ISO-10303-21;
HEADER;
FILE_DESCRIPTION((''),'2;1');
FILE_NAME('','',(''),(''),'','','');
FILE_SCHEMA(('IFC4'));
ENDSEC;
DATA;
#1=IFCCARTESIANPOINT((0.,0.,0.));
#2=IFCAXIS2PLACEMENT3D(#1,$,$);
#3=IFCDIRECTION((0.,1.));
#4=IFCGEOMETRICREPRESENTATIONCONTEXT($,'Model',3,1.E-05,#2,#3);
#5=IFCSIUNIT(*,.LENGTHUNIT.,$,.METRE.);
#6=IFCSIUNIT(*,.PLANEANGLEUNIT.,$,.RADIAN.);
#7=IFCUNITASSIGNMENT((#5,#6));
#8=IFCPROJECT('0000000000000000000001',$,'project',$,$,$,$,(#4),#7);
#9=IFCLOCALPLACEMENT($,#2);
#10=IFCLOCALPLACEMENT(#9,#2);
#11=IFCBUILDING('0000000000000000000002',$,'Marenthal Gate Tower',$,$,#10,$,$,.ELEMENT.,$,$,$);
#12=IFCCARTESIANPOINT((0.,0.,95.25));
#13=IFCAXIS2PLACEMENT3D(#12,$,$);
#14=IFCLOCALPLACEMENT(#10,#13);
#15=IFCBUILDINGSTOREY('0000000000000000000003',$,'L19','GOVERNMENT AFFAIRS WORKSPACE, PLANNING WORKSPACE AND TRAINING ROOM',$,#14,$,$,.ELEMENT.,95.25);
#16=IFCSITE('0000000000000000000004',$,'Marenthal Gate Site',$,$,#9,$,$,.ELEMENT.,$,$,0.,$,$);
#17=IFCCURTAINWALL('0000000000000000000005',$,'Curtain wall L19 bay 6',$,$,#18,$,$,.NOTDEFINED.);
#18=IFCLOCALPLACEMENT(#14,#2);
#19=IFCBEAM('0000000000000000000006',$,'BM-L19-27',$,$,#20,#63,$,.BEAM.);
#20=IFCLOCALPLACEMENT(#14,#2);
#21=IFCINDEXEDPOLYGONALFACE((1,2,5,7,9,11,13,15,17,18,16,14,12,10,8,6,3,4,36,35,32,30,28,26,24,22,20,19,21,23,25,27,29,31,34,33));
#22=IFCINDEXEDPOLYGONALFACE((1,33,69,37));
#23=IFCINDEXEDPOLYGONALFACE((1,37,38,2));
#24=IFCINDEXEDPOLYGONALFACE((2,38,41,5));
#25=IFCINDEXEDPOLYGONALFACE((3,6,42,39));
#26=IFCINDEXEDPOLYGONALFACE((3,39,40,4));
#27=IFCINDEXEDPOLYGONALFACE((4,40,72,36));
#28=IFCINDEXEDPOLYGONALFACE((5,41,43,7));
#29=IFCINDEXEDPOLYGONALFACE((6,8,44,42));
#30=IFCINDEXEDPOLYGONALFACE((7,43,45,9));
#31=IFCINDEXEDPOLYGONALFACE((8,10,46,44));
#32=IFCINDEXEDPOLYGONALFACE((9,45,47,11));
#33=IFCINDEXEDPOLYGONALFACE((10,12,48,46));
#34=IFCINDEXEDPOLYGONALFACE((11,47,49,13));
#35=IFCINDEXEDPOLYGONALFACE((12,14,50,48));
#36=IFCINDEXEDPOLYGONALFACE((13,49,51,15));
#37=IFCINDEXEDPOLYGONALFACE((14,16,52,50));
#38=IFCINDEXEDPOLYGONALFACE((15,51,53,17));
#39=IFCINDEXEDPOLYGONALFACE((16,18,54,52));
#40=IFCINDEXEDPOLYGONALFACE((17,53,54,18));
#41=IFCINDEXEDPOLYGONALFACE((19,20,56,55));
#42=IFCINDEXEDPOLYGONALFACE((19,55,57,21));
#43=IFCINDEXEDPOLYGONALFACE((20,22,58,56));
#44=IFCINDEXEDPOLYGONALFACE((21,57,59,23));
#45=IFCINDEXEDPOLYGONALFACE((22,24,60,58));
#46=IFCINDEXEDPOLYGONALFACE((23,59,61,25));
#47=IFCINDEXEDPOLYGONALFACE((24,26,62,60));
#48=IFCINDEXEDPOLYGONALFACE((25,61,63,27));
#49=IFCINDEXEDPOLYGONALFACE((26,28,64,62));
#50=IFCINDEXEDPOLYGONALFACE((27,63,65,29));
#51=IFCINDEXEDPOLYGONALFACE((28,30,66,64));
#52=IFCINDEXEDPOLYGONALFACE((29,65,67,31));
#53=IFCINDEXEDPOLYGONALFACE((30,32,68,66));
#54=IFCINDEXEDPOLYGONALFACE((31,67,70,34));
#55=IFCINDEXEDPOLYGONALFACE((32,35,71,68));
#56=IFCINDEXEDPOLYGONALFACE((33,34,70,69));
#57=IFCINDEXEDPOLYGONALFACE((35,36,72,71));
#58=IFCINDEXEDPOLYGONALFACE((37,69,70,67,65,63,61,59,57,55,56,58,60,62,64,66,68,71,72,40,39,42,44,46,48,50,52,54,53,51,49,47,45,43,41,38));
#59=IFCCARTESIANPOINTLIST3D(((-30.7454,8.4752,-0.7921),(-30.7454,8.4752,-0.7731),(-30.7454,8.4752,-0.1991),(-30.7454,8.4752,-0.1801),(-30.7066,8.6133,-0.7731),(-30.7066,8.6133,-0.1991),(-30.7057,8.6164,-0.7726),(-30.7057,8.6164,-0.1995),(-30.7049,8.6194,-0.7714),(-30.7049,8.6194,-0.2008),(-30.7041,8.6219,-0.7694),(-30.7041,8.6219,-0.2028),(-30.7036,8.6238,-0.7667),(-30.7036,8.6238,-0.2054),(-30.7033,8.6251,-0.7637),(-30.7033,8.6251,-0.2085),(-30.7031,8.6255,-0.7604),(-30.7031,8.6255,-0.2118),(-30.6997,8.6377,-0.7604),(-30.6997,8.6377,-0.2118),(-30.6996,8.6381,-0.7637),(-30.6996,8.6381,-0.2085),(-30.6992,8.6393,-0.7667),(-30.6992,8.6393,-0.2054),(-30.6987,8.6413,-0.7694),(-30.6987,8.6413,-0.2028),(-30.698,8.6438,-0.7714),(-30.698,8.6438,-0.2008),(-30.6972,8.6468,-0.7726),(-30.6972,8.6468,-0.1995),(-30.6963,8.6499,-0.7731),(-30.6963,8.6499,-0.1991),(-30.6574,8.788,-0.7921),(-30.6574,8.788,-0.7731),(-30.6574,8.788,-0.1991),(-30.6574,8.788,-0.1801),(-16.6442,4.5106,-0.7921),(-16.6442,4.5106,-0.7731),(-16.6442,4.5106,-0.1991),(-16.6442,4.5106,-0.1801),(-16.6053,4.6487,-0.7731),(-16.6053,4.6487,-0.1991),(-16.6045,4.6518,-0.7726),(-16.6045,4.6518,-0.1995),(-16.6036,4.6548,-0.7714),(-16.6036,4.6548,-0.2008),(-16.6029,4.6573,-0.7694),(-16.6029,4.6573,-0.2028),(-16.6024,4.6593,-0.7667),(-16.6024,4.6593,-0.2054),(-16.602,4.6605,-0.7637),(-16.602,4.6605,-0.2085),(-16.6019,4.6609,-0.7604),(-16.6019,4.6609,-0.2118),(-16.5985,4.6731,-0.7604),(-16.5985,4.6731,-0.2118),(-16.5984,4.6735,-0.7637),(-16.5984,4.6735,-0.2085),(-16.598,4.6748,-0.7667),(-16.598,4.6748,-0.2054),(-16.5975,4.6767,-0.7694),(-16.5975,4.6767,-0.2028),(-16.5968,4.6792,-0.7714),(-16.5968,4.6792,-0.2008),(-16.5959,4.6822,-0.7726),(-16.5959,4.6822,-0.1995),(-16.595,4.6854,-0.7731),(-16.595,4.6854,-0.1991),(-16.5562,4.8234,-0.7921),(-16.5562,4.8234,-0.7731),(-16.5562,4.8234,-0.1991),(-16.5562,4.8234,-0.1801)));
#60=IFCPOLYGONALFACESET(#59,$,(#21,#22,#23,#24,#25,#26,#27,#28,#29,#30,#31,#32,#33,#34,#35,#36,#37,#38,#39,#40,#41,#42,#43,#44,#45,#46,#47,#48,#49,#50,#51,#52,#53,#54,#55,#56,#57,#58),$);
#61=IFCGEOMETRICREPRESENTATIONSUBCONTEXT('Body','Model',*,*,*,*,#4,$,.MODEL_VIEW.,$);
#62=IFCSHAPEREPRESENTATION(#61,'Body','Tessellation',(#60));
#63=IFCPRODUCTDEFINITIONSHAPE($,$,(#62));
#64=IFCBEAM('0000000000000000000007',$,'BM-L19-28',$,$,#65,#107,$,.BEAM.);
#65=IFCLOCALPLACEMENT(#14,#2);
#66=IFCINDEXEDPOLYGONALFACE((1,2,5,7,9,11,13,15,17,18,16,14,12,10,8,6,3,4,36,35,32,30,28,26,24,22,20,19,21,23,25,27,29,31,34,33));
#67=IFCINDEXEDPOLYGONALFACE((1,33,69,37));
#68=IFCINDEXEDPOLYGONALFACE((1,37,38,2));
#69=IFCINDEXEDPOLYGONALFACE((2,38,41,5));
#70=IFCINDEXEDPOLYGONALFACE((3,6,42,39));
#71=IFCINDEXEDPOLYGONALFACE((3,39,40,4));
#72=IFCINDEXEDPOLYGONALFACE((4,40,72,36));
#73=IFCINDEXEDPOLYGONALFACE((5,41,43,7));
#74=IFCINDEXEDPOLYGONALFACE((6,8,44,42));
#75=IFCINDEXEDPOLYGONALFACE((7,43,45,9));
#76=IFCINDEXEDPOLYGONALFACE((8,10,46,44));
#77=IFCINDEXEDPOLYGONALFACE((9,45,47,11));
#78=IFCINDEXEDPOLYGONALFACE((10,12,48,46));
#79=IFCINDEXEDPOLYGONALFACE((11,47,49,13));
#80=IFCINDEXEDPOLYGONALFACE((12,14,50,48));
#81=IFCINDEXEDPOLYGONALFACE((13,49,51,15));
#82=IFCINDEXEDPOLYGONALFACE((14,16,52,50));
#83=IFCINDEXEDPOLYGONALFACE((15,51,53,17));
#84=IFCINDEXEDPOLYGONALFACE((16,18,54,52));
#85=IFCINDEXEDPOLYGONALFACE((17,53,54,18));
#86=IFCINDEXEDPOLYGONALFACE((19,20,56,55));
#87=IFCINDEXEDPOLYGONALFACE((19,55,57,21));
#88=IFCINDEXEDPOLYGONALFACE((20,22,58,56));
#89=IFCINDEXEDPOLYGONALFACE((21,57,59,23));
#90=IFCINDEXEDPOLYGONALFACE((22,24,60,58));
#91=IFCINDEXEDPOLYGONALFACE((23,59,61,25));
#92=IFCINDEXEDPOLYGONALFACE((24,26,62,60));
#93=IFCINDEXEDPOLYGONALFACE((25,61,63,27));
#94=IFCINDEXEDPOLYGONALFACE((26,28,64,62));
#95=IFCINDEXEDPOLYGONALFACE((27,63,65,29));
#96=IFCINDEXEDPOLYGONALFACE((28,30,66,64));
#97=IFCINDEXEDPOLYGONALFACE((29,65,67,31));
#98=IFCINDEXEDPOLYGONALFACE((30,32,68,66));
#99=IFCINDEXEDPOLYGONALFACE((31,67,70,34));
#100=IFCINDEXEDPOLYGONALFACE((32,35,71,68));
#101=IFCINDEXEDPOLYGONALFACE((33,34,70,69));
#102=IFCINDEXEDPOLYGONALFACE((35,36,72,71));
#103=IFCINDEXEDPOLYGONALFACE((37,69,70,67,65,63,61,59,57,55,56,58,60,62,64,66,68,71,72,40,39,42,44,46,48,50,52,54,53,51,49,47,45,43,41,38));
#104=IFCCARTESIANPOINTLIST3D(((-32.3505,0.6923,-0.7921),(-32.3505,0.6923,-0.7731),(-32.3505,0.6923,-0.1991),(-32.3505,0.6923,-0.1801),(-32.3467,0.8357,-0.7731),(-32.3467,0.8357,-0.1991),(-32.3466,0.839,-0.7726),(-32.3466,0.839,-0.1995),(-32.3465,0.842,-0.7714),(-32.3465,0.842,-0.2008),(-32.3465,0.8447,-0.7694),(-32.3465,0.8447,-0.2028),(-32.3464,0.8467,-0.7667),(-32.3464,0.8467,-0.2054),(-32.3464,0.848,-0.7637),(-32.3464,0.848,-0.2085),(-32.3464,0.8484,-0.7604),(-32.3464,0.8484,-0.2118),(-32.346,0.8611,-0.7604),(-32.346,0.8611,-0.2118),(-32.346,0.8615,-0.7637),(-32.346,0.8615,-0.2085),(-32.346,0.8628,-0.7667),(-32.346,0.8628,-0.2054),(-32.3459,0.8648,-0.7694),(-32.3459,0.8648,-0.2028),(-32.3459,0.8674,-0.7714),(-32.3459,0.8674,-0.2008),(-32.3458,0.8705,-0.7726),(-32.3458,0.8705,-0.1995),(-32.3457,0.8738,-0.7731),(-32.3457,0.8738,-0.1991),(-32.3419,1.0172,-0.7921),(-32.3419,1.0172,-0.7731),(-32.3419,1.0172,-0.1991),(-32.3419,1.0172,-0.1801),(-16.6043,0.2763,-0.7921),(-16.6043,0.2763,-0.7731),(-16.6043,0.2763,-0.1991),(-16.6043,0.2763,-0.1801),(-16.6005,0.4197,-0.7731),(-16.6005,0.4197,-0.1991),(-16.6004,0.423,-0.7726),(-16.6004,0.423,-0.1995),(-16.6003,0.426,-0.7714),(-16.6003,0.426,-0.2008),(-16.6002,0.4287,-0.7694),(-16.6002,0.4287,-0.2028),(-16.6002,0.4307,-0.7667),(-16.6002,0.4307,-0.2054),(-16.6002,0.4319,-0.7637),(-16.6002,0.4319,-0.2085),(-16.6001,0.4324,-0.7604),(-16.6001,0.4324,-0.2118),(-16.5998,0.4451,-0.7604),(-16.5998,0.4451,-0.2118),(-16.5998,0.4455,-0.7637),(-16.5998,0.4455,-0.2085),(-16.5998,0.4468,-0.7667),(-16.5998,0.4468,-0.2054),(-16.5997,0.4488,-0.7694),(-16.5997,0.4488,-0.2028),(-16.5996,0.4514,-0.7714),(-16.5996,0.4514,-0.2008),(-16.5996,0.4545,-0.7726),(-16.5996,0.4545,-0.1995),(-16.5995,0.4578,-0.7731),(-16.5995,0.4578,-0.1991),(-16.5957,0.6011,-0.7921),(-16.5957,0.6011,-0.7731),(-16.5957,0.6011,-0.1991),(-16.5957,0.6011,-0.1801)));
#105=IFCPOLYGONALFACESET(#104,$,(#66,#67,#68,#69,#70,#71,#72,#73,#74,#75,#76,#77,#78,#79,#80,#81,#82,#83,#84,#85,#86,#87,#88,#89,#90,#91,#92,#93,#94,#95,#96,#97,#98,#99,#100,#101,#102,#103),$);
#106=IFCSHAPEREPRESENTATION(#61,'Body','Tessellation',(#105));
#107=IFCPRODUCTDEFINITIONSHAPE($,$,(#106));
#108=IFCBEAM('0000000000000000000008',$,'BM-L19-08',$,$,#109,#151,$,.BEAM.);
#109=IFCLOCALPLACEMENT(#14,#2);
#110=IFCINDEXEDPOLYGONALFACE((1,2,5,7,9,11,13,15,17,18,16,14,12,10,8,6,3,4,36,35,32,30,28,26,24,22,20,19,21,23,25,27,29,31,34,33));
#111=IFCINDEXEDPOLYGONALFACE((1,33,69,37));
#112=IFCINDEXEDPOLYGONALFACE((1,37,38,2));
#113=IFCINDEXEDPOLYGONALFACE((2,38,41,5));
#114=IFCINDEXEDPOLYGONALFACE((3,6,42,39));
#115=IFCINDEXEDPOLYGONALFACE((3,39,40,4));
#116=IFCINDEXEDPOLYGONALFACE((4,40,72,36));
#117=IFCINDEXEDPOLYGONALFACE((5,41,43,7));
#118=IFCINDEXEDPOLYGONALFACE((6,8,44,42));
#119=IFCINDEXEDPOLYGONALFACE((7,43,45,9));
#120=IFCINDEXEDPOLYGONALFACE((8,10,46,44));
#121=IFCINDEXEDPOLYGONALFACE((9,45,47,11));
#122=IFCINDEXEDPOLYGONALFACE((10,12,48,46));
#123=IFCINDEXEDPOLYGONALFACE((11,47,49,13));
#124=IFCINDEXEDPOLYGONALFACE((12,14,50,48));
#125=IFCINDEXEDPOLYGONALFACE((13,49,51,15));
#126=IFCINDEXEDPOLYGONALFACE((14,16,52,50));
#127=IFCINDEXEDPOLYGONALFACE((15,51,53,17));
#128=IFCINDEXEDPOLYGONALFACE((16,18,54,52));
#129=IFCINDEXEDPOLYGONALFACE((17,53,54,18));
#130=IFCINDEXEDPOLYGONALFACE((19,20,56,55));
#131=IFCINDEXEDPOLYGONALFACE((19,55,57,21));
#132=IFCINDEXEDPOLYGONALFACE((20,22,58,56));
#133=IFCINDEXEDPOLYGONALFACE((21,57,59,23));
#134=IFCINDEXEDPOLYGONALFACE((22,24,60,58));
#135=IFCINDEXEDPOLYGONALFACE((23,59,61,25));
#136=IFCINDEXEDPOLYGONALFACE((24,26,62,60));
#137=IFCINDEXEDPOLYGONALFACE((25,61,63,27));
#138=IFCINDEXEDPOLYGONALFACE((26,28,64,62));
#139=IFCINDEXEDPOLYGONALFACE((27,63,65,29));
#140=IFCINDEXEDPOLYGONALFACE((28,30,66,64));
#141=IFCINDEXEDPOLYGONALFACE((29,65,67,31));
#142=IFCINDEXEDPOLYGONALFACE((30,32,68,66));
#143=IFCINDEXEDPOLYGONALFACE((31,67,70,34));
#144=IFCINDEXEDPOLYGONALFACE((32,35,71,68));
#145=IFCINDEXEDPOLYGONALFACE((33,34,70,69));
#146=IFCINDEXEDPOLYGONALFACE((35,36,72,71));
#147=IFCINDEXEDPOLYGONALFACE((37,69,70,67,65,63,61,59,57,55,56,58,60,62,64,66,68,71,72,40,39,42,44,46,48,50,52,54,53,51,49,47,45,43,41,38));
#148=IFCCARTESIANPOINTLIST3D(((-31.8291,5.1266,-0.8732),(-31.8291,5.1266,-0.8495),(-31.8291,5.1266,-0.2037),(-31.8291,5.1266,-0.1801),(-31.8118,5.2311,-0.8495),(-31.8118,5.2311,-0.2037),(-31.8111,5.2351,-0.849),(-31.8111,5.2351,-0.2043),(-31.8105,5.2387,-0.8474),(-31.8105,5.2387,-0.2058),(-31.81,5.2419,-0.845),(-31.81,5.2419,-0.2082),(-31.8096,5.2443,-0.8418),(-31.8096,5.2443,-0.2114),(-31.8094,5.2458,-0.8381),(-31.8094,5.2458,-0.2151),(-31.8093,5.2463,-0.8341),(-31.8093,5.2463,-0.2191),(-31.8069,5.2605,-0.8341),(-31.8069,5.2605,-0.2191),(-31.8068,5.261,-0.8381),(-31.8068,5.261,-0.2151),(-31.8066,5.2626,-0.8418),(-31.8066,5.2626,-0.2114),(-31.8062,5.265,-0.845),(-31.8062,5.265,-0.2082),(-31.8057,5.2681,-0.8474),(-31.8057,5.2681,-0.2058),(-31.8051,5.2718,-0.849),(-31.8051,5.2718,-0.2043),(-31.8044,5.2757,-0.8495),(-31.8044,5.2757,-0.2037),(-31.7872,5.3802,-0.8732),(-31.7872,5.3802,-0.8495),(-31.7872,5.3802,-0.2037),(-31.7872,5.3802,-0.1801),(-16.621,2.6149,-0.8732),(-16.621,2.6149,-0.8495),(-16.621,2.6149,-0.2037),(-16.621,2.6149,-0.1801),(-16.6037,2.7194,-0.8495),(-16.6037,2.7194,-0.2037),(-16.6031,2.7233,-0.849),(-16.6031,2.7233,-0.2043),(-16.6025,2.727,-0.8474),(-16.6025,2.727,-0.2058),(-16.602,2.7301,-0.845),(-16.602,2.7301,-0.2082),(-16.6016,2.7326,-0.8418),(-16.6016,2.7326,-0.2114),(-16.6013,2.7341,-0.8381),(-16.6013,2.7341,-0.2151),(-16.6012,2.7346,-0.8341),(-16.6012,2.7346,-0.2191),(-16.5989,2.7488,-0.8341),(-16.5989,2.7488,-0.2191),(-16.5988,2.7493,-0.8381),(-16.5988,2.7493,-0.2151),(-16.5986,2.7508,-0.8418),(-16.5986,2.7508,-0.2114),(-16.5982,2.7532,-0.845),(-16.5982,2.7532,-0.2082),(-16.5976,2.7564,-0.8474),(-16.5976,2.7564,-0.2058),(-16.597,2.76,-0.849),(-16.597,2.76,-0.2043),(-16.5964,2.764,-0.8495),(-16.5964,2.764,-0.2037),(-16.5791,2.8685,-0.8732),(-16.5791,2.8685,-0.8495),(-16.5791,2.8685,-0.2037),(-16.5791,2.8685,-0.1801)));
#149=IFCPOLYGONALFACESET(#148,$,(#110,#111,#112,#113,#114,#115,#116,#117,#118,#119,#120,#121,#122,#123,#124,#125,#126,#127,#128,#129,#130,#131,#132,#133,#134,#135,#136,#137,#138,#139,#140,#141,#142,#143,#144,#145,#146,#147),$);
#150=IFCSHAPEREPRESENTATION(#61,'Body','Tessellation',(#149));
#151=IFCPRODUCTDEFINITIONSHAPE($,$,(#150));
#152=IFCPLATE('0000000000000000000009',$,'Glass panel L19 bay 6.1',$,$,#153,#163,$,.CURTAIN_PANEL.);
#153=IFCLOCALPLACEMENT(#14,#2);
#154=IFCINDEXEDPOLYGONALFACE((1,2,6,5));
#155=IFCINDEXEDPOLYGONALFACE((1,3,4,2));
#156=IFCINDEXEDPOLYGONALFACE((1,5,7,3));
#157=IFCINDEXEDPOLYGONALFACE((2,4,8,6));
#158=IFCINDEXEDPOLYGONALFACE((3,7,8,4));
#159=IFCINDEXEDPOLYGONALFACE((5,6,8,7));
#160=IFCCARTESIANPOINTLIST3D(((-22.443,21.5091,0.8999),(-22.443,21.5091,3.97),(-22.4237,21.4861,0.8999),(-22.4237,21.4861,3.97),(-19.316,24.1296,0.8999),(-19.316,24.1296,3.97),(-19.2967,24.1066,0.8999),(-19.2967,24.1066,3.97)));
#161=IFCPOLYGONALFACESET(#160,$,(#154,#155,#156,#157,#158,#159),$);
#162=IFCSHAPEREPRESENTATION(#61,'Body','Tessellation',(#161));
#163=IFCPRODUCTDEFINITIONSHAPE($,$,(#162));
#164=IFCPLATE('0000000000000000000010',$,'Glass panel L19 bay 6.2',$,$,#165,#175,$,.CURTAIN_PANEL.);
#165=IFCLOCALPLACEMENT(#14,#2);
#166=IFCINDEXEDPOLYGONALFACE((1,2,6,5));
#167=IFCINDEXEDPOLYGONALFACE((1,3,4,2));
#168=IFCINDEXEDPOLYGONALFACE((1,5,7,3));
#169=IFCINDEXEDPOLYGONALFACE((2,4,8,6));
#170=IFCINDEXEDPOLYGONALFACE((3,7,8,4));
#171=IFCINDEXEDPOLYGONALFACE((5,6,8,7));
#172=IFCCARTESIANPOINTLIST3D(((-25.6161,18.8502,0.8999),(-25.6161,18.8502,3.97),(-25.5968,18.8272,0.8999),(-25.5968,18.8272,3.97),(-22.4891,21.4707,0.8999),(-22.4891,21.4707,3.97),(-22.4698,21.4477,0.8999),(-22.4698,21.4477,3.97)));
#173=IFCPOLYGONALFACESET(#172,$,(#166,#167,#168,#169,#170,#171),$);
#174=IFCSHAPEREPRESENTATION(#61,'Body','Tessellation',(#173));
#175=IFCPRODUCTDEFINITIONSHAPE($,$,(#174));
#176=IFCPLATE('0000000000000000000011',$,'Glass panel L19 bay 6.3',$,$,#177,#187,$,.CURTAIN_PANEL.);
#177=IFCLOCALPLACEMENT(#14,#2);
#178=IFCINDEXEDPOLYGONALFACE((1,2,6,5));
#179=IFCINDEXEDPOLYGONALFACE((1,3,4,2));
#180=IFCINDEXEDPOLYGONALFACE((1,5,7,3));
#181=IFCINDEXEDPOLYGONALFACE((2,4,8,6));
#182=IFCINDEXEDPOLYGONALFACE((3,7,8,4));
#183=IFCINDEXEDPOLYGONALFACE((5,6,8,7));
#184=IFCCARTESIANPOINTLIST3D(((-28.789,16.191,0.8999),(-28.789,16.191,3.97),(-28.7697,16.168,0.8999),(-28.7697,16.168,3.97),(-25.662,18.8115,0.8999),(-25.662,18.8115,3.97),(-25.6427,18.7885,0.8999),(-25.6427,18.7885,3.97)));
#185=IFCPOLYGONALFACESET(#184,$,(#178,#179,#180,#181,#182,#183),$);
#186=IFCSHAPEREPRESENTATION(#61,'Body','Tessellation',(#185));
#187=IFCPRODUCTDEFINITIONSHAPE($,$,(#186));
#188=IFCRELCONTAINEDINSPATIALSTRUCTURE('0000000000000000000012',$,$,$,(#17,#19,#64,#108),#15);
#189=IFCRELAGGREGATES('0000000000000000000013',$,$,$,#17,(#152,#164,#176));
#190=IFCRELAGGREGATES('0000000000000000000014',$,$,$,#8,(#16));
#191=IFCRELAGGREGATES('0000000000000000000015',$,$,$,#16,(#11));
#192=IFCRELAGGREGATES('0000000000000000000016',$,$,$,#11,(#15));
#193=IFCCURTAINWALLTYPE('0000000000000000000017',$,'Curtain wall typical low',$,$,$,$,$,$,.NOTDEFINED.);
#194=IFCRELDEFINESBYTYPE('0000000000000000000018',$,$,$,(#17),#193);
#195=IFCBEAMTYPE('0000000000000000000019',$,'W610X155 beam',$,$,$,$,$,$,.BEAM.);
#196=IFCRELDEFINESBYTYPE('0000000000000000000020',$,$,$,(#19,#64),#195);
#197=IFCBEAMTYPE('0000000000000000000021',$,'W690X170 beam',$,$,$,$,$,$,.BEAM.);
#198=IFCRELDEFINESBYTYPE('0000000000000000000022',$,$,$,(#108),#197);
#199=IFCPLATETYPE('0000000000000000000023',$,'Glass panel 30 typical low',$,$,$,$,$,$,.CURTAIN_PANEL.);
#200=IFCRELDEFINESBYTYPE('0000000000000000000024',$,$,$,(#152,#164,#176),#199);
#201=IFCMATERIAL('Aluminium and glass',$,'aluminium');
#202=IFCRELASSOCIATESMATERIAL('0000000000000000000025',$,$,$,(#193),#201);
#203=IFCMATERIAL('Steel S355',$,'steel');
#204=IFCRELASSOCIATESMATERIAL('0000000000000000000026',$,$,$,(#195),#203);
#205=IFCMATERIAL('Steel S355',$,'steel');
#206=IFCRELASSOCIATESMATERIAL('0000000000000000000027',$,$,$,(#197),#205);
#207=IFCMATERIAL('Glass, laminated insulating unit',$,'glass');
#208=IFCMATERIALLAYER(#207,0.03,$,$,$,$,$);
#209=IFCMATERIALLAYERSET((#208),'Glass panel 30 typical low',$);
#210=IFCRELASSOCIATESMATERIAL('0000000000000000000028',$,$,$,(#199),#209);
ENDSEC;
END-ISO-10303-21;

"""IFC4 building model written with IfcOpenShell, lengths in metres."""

from ifc_helpers import new_model, si_unit, direction, frame, origin, origin_2d, place, context, subcontext, project, spatial, rectangle, i_section, extrude, material, layer, layer_set, material_profile, profile_set, type_object, element, aggregate, save


model = new_model("IFC4")

# Units and contexts
model_context = context("Model", 3, precision=1e-05, world=origin(), true_north=direction((0.0, 1.0)))
body_context = subcontext(model_context, "Body", "Model", "MODEL_VIEW")
ifc_project = project(units=[si_unit("LENGTHUNIT", "METRE"), si_unit("PLANEANGLEUNIT", "RADIAN")], contexts=[model_context])

# Site, building, storey
site_placement = place(None, origin())
site = spatial("IfcSite", under=ifc_project, at=site_placement, Name="Marenthal Gate Site", CompositionType="ELEMENT", RefElevation=0.0)
building_placement = place(site_placement, origin())
building = spatial("IfcBuilding", under=site, at=building_placement, Name="Marenthal Gate Tower", CompositionType="ELEMENT")
storey_placement = place(building_placement, frame((0.0, 0.0, 95.25)))
storey = spatial("IfcBuildingStorey", under=building, at=storey_placement, Name="L19", Description="GOVERNMENT AFFAIRS WORKSPACE, PLANNING WORKSPACE AND TRAINING ROOM", CompositionType="ELEMENT", Elevation=95.25)

# Curtain wall
ifc_material_1 = material(Name="Aluminium and glass", Category="aluminium")
curtain_wall_type = type_object("IfcCurtainWallType", Name="Curtain wall typical low", PredefinedType="NOTDEFINED", material=ifc_material_1)
curtain_wall_1_placement = place(storey_placement, origin())
curtain_wall_1 = element("IfcCurtainWall", 1, at=curtain_wall_1_placement, inside=storey, type_object=curtain_wall_type, Name="Curtain wall L19 bay 6", PredefinedType="NOTDEFINED")

# Beams
ifc_material_2 = material(Name="Steel S355", Category="steel")
ifc_material_profile_1 = material_profile(ifc_material_2, i_section(OverallWidth=0.325, OverallDepth=0.6121, WebThickness=0.0127, FlangeThickness=0.019, FilletRadius=0.0127, at=origin_2d()), Name="W610X155")
ifc_profile_set_1 = profile_set([ifc_material_profile_1], Name="Steel S355")
beam_type_1 = type_object("IfcBeamType", Name="W610X155 beam", PredefinedType="BEAM", material=ifc_profile_set_1)
beam_1_placement = place(storey_placement, frame((-30.7014, 8.6316, -0.4861), z_axis=(0.962676, -0.270657, 0.0), x_axis=(0.270657, 0.962676, 0.0)))
element("IfcBeam", 2, at=beam_1_placement, inside=storey, type_object=beam_type_1, Name="BM-L19-27", PredefinedType="BEAM", context=body_context, shape_type="SweptSolid", body=[
    extrude(i_section(OverallWidth=0.325, OverallDepth=0.6121, WebThickness=0.0127, FlangeThickness=0.019, FilletRadius=0.0127, at=origin_2d()), origin(), (0.0, 0.0, 1.0), 14.6479),
])
beam_2_placement = place(storey_placement, frame((-32.3462, 0.8547, -0.4861), z_axis=(0.999651, -0.026411, 0.0), x_axis=(0.026411, 0.999651, 0.0)))
element("IfcBeam", 3, at=beam_2_placement, inside=storey, type_object=beam_type_1, Name="BM-L19-28", PredefinedType="BEAM", context=body_context, shape_type="SweptSolid", body=[
    extrude(i_section(OverallWidth=0.325, OverallDepth=0.6121, WebThickness=0.0127, FlangeThickness=0.019, FilletRadius=0.0127, at=origin_2d()), origin(), (0.0, 0.0, 1.0), 15.7517),
])
ifc_material_3 = material(Name="Steel S355", Category="steel")
ifc_material_profile_2 = material_profile(ifc_material_3, i_section(OverallWidth=0.2571, OverallDepth=0.6931, WebThickness=0.0144, FlangeThickness=0.0237, FilletRadius=0.0154, at=origin_2d()), Name="W690X170")
ifc_profile_set_2 = profile_set([ifc_material_profile_2], Name="Steel S355")
beam_type_2 = type_object("IfcBeamType", Name="W690X170 beam", PredefinedType="BEAM", material=ifc_profile_set_2)
beam_3_placement = place(storey_placement, frame((-31.8081, 5.2534, -0.5266), z_axis=(0.986634, -0.16295, 0.0), x_axis=(0.16295, 0.986634, 0.0)))
element("IfcBeam", 4, at=beam_3_placement, inside=storey, type_object=beam_type_2, Name="BM-L19-08", PredefinedType="BEAM", context=body_context, shape_type="SweptSolid", body=[
    extrude(i_section(OverallWidth=0.2571, OverallDepth=0.6931, WebThickness=0.0144, FlangeThickness=0.0237, FilletRadius=0.0154, at=origin_2d()), origin(), (0.0, 0.0, 1.0), 15.4141),
])

# Plates
ifc_material_4 = material(Name="Glass, laminated insulating unit", Category="glass")
ifc_layer_1 = layer(ifc_material_4, 0.03)
ifc_layer_set_1 = layer_set([ifc_layer_1], Name="Glass panel 30 typical low")
plate_type = type_object("IfcPlateType", Name="Glass panel 30 typical low", PredefinedType="CURTAIN_PANEL", material=ifc_layer_set_1)
plate_1_placement = place(storey_placement, frame((-20.8699, 22.8079, 0.8999), z_axis=(0.0, 0.0, 1.0), x_axis=(-0.766447, -0.642308, 0.0)))
plate_1 = element("IfcPlate", 5, at=plate_1_placement, type_object=plate_type, Name="Glass panel L19 bay 6.1", PredefinedType="CURTAIN_PANEL", context=body_context, shape_type="SweptSolid", body=[
    extrude(rectangle(XDim=4.0798, YDim=0.03, at=origin_2d()), origin(), (0.0, 0.0, 1.0), 3.0701),
])
plate_2_placement = place(storey_placement, frame((-24.043, 20.1489, 0.8999), z_axis=(0.0, 0.0, 1.0), x_axis=(-0.766447, -0.642308, 0.0)))
plate_2 = element("IfcPlate", 6, at=plate_2_placement, type_object=plate_type, Name="Glass panel L19 bay 6.2", PredefinedType="CURTAIN_PANEL", context=body_context, shape_type="SweptSolid", body=[
    extrude(rectangle(XDim=4.0798, YDim=0.03, at=origin_2d()), origin(), (0.0, 0.0, 1.0), 3.0701),
])
plate_3_placement = place(storey_placement, frame((-27.2158, 17.4897, 0.8999), z_axis=(0.0, 0.0, 1.0), x_axis=(-0.766447, -0.642308, 0.0)))
plate_3 = element("IfcPlate", 7, at=plate_3_placement, type_object=plate_type, Name="Glass panel L19 bay 6.3", PredefinedType="CURTAIN_PANEL", context=body_context, shape_type="SweptSolid", body=[
    extrude(rectangle(XDim=4.0798, YDim=0.03, at=origin_2d()), origin(), (0.0, 0.0, 1.0), 3.0701),
])
aggregate(curtain_wall_1, [plate_1, plate_2, plate_3])

save(model, "model.ifc")
